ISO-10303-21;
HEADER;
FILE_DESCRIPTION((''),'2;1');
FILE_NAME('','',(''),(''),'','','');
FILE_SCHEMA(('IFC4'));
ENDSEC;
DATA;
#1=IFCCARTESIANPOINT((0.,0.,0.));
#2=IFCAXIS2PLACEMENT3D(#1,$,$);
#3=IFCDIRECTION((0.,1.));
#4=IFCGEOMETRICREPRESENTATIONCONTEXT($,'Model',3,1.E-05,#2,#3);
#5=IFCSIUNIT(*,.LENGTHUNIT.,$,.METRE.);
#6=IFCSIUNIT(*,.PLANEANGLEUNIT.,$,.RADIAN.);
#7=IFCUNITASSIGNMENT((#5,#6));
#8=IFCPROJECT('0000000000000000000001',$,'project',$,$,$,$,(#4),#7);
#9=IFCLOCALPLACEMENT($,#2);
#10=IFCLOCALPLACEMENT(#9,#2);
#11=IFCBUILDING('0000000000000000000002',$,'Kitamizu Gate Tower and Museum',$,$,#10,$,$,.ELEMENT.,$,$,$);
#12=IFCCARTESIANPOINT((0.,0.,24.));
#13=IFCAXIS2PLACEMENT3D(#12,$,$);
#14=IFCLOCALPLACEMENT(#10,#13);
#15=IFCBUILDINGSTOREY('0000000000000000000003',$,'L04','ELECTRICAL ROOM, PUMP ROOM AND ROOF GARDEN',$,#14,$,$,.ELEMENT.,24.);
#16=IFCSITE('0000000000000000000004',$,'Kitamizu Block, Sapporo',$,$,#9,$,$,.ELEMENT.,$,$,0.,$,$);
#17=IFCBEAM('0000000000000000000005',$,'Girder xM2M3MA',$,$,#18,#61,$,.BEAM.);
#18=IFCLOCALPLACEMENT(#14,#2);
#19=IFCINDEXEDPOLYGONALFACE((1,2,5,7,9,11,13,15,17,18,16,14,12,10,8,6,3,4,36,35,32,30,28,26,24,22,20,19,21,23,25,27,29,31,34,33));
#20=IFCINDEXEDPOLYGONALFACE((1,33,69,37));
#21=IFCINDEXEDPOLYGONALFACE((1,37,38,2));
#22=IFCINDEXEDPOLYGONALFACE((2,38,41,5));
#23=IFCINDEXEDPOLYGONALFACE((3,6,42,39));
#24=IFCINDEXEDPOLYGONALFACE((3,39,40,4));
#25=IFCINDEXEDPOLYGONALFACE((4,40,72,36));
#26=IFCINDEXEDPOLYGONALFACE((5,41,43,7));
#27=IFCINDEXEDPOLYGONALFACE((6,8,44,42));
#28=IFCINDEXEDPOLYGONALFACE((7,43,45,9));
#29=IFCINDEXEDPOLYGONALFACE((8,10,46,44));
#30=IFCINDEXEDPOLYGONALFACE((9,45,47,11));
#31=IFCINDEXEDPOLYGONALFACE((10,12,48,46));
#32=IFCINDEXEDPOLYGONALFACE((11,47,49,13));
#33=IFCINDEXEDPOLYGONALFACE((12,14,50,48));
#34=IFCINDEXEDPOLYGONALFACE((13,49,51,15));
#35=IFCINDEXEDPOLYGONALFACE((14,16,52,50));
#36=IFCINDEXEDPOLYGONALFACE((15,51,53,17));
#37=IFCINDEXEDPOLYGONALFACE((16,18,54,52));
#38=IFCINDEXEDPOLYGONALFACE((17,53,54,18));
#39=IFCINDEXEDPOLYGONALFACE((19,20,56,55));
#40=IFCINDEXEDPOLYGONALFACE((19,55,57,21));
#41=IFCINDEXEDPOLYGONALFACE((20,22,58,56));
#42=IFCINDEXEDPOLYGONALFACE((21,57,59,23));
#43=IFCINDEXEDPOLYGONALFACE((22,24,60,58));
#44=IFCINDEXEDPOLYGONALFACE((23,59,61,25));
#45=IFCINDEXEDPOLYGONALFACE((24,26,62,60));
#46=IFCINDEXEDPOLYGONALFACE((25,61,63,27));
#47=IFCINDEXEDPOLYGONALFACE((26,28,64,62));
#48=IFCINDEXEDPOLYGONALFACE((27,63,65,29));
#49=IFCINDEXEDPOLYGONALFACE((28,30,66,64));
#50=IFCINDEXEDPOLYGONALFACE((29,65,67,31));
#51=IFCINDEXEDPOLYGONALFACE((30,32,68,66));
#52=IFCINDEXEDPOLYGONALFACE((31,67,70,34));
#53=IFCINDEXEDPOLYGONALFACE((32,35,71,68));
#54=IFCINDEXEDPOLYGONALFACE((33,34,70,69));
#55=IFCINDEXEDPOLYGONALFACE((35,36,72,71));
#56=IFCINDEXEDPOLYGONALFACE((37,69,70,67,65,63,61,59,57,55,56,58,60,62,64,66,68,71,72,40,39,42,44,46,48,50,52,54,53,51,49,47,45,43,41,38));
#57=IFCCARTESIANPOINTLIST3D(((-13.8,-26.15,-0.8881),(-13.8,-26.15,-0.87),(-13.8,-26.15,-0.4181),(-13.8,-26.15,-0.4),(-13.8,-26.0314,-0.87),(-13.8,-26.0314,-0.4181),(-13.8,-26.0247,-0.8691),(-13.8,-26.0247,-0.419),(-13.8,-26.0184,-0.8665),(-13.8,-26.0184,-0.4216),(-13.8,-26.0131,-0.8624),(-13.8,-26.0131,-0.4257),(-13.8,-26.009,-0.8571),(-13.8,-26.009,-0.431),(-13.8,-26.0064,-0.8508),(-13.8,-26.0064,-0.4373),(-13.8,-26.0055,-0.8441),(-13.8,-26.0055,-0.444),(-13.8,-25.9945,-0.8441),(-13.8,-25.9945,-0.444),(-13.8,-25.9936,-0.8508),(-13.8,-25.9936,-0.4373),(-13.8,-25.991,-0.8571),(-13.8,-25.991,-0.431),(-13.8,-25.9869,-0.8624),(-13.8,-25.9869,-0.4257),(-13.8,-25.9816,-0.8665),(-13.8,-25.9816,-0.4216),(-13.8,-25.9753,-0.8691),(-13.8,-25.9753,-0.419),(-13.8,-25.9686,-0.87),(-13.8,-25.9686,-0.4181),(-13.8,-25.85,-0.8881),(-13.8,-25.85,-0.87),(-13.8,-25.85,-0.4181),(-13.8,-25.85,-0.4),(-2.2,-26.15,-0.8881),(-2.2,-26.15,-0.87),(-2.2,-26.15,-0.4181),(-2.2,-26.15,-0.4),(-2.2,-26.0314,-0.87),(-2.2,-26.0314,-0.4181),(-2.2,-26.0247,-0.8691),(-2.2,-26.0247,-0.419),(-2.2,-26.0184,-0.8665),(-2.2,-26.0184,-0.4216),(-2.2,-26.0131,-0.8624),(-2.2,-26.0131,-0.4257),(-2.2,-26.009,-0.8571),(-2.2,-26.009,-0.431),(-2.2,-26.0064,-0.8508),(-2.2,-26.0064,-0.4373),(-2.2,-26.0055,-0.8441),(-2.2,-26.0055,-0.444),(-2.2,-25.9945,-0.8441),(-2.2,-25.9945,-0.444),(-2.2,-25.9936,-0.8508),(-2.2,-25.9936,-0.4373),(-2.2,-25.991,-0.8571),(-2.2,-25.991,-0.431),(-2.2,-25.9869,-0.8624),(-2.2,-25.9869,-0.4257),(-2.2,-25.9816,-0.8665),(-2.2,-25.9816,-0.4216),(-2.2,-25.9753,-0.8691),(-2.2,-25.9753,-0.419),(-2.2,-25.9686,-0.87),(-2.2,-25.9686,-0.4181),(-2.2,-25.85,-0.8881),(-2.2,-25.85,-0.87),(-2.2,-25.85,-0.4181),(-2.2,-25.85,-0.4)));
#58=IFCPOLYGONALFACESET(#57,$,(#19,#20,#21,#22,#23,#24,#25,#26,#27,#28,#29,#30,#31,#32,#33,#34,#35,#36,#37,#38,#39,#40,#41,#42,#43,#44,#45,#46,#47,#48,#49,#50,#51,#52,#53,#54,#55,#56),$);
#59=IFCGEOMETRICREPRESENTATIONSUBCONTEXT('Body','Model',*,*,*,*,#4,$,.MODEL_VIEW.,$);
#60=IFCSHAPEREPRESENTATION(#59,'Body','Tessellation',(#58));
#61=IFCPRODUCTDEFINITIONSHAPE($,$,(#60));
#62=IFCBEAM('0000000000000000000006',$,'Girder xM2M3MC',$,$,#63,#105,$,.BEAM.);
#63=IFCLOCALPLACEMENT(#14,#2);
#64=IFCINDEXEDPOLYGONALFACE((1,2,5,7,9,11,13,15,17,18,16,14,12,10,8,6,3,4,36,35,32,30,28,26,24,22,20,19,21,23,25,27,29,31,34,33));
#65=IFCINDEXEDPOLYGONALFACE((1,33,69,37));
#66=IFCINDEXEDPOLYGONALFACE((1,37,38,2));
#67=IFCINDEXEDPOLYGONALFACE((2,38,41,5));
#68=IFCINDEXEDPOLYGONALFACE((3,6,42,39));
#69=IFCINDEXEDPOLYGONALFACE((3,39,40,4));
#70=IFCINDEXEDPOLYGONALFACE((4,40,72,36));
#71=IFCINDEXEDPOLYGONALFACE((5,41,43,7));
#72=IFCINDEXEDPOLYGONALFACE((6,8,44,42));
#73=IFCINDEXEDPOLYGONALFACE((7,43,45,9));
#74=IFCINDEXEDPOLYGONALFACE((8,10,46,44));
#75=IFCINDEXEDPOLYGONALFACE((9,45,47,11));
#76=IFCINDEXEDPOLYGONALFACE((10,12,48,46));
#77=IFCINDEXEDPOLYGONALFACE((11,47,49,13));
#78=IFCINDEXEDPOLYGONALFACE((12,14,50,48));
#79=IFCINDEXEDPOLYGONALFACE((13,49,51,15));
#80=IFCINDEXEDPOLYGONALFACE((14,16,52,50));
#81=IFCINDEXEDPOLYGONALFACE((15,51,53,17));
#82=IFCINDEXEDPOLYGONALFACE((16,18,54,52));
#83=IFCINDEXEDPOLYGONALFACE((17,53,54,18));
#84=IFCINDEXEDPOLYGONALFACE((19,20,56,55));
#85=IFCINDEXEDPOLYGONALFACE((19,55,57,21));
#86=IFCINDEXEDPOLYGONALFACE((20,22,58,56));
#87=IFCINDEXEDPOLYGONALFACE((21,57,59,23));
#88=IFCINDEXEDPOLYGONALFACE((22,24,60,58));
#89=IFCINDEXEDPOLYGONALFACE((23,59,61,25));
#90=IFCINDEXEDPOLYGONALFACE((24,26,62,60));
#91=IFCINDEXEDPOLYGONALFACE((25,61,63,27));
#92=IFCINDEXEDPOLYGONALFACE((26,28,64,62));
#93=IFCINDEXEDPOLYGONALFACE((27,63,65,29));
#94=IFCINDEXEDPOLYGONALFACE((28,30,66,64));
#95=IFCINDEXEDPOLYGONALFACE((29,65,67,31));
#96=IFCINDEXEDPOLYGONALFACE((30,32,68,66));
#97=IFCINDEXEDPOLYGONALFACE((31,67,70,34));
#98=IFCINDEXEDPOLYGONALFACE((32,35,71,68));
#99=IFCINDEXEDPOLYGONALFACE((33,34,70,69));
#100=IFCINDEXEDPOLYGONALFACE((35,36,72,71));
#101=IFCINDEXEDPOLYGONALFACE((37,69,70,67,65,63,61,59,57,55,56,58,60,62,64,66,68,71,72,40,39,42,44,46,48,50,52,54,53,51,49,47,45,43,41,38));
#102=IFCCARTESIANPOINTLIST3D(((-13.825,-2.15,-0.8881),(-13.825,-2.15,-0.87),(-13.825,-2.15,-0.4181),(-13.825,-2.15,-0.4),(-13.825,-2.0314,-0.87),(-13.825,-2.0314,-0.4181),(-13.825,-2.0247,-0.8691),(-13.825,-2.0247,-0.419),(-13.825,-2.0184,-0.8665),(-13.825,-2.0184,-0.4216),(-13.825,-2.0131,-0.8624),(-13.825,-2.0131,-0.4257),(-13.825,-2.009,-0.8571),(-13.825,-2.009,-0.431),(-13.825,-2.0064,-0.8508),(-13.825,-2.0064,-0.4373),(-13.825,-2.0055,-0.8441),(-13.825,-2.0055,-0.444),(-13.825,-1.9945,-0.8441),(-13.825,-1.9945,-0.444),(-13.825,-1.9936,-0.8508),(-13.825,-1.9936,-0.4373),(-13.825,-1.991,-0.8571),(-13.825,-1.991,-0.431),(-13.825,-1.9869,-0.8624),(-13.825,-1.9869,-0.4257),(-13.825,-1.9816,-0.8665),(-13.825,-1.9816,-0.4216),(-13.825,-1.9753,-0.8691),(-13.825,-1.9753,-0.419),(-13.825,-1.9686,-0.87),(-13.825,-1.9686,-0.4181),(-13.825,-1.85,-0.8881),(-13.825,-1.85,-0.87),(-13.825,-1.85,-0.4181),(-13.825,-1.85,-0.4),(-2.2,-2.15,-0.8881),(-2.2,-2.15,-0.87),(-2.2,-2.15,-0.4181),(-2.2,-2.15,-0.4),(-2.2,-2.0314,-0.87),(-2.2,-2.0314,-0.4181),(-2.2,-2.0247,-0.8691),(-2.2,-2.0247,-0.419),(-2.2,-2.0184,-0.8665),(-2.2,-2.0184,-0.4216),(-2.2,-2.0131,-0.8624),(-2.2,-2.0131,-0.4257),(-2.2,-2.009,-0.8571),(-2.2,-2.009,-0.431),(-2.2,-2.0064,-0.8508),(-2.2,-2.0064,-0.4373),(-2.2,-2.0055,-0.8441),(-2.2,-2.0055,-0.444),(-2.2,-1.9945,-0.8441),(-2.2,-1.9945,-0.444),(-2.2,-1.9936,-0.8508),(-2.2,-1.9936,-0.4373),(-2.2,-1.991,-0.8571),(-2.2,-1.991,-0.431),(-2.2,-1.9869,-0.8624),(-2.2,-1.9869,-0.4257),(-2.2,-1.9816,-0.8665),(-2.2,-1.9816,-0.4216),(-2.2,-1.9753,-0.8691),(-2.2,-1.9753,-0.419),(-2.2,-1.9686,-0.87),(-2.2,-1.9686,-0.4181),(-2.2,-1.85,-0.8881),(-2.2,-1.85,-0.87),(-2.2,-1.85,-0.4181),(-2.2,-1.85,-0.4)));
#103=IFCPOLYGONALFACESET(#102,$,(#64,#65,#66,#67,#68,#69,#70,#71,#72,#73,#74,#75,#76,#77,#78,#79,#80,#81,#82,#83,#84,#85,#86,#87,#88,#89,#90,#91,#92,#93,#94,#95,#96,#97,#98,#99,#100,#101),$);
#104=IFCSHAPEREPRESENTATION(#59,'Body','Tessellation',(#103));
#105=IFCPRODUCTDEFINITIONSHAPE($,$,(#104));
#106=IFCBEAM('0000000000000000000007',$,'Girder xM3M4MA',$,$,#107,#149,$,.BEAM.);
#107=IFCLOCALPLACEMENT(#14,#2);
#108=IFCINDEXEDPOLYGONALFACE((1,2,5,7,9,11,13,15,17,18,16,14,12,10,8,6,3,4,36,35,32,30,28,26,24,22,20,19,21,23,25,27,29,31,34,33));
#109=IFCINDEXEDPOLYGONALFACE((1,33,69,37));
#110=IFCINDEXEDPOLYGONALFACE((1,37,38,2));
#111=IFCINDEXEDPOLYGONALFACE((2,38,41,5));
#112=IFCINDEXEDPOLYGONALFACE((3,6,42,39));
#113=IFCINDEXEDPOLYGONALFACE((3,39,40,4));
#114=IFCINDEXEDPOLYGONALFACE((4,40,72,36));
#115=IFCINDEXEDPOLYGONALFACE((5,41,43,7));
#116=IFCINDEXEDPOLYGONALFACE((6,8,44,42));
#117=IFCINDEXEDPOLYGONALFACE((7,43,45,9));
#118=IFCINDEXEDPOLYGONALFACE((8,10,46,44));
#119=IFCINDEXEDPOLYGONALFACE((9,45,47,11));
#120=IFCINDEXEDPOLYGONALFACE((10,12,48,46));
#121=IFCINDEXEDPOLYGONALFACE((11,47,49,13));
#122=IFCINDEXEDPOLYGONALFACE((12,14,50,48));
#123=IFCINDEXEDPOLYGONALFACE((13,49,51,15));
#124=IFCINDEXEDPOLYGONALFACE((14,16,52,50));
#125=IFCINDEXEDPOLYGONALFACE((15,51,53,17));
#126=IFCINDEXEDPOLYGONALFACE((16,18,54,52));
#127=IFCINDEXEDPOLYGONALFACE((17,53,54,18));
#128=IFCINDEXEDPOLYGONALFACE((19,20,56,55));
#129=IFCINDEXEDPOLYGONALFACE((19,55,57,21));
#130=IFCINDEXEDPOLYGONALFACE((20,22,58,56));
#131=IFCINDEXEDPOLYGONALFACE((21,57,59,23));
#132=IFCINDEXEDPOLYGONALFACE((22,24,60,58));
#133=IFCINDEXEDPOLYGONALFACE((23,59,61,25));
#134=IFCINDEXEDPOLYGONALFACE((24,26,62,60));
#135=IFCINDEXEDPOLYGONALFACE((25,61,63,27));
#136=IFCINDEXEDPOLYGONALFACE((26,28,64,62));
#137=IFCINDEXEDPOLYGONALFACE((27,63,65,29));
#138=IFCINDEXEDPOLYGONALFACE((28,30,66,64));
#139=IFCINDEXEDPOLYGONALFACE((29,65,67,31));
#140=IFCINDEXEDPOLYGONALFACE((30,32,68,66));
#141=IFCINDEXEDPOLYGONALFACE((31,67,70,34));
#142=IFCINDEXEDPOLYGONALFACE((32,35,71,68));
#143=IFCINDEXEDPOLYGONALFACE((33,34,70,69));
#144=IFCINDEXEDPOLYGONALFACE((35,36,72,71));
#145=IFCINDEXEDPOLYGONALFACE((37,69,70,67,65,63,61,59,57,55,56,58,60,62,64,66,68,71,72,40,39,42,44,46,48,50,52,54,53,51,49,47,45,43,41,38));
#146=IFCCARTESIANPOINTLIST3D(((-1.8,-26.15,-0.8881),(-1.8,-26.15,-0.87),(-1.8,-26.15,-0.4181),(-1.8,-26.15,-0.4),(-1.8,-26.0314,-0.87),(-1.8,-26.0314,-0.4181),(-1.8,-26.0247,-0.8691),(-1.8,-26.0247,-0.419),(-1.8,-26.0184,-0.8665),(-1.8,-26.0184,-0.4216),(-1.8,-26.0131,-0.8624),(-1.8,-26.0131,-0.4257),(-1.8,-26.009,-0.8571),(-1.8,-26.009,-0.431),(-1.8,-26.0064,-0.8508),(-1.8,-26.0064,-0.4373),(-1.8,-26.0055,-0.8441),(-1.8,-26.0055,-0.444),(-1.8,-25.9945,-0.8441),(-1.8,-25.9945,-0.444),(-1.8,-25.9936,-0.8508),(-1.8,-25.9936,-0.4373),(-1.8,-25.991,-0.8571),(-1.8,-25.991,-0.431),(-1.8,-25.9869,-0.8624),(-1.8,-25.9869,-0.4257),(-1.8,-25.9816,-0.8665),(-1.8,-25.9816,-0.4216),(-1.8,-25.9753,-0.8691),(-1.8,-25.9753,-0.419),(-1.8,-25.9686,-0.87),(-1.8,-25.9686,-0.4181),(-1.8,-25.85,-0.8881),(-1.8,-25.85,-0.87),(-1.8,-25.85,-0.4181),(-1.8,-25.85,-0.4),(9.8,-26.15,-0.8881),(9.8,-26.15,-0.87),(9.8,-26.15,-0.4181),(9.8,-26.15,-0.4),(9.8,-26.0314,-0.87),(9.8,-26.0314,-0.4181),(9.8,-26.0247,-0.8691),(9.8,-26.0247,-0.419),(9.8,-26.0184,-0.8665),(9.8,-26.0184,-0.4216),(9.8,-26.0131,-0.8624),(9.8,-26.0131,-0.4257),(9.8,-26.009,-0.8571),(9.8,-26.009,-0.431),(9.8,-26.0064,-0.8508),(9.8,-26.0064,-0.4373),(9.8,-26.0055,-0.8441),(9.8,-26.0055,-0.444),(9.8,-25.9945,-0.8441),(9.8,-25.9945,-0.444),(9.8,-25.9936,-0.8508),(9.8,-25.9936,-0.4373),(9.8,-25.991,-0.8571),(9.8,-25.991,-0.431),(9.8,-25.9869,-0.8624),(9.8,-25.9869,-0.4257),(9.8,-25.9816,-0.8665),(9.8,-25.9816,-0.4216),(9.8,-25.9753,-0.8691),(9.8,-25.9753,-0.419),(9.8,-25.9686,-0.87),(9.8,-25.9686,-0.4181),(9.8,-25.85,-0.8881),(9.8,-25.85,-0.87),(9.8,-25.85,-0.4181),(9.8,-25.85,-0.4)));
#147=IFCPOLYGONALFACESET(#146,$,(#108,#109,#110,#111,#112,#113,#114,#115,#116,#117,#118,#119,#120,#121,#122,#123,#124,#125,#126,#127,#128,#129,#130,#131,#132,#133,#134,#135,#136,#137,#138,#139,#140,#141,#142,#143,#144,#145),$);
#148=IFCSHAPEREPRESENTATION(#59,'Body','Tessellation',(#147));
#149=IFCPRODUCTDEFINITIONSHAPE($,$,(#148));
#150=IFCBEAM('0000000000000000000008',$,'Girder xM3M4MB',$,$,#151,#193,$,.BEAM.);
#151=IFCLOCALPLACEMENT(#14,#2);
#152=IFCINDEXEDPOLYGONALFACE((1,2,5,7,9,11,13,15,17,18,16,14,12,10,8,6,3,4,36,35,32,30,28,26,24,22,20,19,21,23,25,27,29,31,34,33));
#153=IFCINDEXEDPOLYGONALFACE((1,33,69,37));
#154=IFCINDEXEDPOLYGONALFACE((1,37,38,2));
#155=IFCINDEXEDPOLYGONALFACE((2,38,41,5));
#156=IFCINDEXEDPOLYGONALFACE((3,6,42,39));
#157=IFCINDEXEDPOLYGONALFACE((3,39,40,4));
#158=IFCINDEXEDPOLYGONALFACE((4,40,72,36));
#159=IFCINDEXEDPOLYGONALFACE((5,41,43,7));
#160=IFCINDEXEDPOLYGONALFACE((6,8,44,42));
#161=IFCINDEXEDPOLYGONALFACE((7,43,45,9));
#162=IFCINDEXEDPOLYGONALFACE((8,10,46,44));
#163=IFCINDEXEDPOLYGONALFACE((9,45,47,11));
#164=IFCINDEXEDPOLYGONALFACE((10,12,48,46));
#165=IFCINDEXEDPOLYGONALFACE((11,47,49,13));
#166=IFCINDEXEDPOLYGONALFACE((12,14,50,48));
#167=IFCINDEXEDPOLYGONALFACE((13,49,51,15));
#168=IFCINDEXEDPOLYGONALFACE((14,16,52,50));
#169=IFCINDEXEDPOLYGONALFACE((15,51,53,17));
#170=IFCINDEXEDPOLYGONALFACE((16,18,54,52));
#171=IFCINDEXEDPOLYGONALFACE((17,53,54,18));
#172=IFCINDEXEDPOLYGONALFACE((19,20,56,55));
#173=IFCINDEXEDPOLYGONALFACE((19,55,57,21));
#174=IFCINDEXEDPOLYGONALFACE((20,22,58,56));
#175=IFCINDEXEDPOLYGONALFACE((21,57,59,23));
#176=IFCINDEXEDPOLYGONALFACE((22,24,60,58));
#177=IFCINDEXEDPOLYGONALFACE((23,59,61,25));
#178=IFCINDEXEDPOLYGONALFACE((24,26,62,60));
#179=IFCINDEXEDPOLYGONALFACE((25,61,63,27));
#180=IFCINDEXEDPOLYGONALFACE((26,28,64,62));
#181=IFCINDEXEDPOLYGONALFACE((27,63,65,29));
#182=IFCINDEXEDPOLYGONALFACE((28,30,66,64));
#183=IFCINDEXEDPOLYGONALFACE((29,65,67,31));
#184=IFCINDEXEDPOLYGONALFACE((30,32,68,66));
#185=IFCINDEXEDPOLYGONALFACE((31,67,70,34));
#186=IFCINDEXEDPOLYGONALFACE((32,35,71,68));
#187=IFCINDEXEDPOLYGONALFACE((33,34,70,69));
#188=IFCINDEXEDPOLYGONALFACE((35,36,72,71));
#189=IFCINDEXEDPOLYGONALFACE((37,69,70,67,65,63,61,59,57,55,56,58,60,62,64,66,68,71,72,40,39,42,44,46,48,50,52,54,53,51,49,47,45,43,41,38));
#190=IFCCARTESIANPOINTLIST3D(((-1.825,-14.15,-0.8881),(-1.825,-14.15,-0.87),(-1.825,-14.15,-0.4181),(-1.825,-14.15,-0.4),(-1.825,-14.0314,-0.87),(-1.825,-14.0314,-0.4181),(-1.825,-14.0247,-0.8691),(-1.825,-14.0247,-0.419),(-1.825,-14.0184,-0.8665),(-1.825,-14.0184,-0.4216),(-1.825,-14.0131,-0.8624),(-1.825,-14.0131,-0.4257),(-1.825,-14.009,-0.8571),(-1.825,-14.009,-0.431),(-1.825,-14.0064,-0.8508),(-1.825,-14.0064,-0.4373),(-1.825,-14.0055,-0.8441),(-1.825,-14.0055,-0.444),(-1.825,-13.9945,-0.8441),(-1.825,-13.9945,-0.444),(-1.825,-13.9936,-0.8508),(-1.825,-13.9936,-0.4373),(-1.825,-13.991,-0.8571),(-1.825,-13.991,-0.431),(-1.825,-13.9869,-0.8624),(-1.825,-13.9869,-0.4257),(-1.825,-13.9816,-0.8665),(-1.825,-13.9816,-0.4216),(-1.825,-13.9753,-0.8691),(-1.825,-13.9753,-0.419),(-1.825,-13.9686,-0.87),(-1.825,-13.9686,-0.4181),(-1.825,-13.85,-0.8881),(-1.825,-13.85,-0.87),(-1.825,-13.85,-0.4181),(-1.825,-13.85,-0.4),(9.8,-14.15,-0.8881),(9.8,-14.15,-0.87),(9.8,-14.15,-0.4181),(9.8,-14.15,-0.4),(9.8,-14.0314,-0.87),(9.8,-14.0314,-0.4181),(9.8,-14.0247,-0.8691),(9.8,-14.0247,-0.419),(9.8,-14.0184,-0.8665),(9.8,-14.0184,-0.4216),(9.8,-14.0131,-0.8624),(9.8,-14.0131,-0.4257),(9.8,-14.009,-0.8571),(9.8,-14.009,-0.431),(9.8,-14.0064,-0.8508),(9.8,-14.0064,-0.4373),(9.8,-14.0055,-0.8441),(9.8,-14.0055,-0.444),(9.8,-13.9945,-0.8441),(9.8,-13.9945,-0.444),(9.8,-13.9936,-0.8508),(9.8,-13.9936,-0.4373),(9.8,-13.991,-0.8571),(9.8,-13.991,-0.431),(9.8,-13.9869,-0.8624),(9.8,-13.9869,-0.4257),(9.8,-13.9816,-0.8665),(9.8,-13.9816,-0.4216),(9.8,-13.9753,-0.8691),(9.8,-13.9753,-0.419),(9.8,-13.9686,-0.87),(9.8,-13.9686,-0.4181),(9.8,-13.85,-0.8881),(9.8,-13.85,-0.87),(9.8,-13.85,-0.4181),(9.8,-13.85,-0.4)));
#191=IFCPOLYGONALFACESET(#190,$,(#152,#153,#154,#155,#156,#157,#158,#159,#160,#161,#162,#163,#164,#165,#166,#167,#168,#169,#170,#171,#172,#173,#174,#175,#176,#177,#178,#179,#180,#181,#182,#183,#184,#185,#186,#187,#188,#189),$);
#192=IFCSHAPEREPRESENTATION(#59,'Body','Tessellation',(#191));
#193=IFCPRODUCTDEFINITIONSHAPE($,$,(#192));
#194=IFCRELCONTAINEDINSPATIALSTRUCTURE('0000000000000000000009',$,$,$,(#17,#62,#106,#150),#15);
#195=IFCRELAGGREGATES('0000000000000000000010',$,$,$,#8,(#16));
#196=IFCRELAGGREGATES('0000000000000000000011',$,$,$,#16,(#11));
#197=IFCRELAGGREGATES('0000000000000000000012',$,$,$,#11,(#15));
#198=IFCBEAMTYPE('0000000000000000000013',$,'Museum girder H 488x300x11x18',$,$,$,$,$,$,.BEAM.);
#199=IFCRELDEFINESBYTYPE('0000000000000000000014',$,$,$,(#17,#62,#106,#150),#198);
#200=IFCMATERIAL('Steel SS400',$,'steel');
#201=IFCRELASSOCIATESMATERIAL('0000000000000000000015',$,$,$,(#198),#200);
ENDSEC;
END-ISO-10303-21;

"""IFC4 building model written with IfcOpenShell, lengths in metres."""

from ifc_helpers import new_model, si_unit, direction, frame, origin, origin_2d, place, context, subcontext, project, spatial, i_section, extrude, material, material_profile, profile_set, type_object, element, save


model = new_model("IFC4")

# Units and contexts
model_context = context("Model", 3, precision=1e-05, world=origin(), true_north=direction((0.0, 1.0)))
body_context = subcontext(model_context, "Body", "Model", "MODEL_VIEW")
ifc_project = project(units=[si_unit("LENGTHUNIT", "METRE"), si_unit("PLANEANGLEUNIT", "RADIAN")], contexts=[model_context])

# Site, building, storey
site_placement = place(None, origin())
site = spatial("IfcSite", under=ifc_project, at=site_placement, Name="Kitamizu Block, Sapporo", CompositionType="ELEMENT", RefElevation=0.0)
building_placement = place(site_placement, origin())
building = spatial("IfcBuilding", under=site, at=building_placement, Name="Kitamizu Gate Tower and Museum", CompositionType="ELEMENT")
storey_placement = place(building_placement, frame((0.0, 0.0, 24.0)))
storey = spatial("IfcBuildingStorey", under=building, at=storey_placement, Name="L04", Description="ELECTRICAL ROOM, PUMP ROOM AND ROOF GARDEN", CompositionType="ELEMENT", Elevation=24.0)

# Beams
ifc_material_1 = material(Name="Steel SS400", Category="steel")
ifc_material_profile_1 = material_profile(ifc_material_1, i_section(OverallWidth=0.3, OverallDepth=0.488, WebThickness=0.011, FlangeThickness=0.0181, FilletRadius=0.0259, at=origin_2d()), Name="H-488x300x11x18")
ifc_profile_set_1 = profile_set([ifc_material_profile_1], Name="Steel SS400")
beam_type_1 = type_object("IfcBeamType", Name="Museum girder H 488x300x11x18", PredefinedType="BEAM", material=ifc_profile_set_1)
beam_1_placement = place(storey_placement, frame((-13.8, -26.0, -0.644), z_axis=(1.0, 0.0, 0.0), x_axis=(0.0, 1.0, 0.0)))
element("IfcBeam", 1, at=beam_1_placement, inside=storey, type_object=beam_type_1, Name="Girder xM2M3MA", PredefinedType="BEAM", context=body_context, shape_type="SweptSolid", body=[
    extrude(i_section(OverallWidth=0.3, OverallDepth=0.488, WebThickness=0.011, FlangeThickness=0.0181, FilletRadius=0.0259, at=origin_2d()), origin(), (0.0, 0.0, 1.0), 11.6001),
])
beam_2_placement = place(storey_placement, frame((-13.825, -2.0, -0.644), z_axis=(1.0, 0.0, 0.0), x_axis=(0.0, 1.0, 0.0)))
element("IfcBeam", 2, at=beam_2_placement, inside=storey, type_object=beam_type_1, Name="Girder xM2M3MC", PredefinedType="BEAM", context=body_context, shape_type="SweptSolid", body=[
    extrude(i_section(OverallWidth=0.3, OverallDepth=0.488, WebThickness=0.011, FlangeThickness=0.0181, FilletRadius=0.0259, at=origin_2d()), origin(), (0.0, 0.0, 1.0), 11.625),
])
beam_3_placement = place(storey_placement, frame((-1.8, -26.0, -0.644), z_axis=(1.0, 0.0, 0.0), x_axis=(0.0, 1.0, 0.0)))
element("IfcBeam", 3, at=beam_3_placement, inside=storey, type_object=beam_type_1, Name="Girder xM3M4MA", PredefinedType="BEAM", context=body_context, shape_type="SweptSolid", body=[
    extrude(i_section(OverallWidth=0.3, OverallDepth=0.488, WebThickness=0.011, FlangeThickness=0.0181, FilletRadius=0.0259, at=origin_2d()), origin(), (0.0, 0.0, 1.0), 11.6001),
])
beam_4_placement = place(storey_placement, frame((-1.825, -14.0, -0.644), z_axis=(1.0, 0.0, 0.0), x_axis=(0.0, 1.0, 0.0)))
element("IfcBeam", 4, at=beam_4_placement, inside=storey, type_object=beam_type_1, Name="Girder xM3M4MB", PredefinedType="BEAM", context=body_context, shape_type="SweptSolid", body=[
    extrude(i_section(OverallWidth=0.3, OverallDepth=0.488, WebThickness=0.011, FlangeThickness=0.0181, FilletRadius=0.0259, at=origin_2d()), origin(), (0.0, 0.0, 1.0), 11.625),
])

save(model, "model.ifc")
